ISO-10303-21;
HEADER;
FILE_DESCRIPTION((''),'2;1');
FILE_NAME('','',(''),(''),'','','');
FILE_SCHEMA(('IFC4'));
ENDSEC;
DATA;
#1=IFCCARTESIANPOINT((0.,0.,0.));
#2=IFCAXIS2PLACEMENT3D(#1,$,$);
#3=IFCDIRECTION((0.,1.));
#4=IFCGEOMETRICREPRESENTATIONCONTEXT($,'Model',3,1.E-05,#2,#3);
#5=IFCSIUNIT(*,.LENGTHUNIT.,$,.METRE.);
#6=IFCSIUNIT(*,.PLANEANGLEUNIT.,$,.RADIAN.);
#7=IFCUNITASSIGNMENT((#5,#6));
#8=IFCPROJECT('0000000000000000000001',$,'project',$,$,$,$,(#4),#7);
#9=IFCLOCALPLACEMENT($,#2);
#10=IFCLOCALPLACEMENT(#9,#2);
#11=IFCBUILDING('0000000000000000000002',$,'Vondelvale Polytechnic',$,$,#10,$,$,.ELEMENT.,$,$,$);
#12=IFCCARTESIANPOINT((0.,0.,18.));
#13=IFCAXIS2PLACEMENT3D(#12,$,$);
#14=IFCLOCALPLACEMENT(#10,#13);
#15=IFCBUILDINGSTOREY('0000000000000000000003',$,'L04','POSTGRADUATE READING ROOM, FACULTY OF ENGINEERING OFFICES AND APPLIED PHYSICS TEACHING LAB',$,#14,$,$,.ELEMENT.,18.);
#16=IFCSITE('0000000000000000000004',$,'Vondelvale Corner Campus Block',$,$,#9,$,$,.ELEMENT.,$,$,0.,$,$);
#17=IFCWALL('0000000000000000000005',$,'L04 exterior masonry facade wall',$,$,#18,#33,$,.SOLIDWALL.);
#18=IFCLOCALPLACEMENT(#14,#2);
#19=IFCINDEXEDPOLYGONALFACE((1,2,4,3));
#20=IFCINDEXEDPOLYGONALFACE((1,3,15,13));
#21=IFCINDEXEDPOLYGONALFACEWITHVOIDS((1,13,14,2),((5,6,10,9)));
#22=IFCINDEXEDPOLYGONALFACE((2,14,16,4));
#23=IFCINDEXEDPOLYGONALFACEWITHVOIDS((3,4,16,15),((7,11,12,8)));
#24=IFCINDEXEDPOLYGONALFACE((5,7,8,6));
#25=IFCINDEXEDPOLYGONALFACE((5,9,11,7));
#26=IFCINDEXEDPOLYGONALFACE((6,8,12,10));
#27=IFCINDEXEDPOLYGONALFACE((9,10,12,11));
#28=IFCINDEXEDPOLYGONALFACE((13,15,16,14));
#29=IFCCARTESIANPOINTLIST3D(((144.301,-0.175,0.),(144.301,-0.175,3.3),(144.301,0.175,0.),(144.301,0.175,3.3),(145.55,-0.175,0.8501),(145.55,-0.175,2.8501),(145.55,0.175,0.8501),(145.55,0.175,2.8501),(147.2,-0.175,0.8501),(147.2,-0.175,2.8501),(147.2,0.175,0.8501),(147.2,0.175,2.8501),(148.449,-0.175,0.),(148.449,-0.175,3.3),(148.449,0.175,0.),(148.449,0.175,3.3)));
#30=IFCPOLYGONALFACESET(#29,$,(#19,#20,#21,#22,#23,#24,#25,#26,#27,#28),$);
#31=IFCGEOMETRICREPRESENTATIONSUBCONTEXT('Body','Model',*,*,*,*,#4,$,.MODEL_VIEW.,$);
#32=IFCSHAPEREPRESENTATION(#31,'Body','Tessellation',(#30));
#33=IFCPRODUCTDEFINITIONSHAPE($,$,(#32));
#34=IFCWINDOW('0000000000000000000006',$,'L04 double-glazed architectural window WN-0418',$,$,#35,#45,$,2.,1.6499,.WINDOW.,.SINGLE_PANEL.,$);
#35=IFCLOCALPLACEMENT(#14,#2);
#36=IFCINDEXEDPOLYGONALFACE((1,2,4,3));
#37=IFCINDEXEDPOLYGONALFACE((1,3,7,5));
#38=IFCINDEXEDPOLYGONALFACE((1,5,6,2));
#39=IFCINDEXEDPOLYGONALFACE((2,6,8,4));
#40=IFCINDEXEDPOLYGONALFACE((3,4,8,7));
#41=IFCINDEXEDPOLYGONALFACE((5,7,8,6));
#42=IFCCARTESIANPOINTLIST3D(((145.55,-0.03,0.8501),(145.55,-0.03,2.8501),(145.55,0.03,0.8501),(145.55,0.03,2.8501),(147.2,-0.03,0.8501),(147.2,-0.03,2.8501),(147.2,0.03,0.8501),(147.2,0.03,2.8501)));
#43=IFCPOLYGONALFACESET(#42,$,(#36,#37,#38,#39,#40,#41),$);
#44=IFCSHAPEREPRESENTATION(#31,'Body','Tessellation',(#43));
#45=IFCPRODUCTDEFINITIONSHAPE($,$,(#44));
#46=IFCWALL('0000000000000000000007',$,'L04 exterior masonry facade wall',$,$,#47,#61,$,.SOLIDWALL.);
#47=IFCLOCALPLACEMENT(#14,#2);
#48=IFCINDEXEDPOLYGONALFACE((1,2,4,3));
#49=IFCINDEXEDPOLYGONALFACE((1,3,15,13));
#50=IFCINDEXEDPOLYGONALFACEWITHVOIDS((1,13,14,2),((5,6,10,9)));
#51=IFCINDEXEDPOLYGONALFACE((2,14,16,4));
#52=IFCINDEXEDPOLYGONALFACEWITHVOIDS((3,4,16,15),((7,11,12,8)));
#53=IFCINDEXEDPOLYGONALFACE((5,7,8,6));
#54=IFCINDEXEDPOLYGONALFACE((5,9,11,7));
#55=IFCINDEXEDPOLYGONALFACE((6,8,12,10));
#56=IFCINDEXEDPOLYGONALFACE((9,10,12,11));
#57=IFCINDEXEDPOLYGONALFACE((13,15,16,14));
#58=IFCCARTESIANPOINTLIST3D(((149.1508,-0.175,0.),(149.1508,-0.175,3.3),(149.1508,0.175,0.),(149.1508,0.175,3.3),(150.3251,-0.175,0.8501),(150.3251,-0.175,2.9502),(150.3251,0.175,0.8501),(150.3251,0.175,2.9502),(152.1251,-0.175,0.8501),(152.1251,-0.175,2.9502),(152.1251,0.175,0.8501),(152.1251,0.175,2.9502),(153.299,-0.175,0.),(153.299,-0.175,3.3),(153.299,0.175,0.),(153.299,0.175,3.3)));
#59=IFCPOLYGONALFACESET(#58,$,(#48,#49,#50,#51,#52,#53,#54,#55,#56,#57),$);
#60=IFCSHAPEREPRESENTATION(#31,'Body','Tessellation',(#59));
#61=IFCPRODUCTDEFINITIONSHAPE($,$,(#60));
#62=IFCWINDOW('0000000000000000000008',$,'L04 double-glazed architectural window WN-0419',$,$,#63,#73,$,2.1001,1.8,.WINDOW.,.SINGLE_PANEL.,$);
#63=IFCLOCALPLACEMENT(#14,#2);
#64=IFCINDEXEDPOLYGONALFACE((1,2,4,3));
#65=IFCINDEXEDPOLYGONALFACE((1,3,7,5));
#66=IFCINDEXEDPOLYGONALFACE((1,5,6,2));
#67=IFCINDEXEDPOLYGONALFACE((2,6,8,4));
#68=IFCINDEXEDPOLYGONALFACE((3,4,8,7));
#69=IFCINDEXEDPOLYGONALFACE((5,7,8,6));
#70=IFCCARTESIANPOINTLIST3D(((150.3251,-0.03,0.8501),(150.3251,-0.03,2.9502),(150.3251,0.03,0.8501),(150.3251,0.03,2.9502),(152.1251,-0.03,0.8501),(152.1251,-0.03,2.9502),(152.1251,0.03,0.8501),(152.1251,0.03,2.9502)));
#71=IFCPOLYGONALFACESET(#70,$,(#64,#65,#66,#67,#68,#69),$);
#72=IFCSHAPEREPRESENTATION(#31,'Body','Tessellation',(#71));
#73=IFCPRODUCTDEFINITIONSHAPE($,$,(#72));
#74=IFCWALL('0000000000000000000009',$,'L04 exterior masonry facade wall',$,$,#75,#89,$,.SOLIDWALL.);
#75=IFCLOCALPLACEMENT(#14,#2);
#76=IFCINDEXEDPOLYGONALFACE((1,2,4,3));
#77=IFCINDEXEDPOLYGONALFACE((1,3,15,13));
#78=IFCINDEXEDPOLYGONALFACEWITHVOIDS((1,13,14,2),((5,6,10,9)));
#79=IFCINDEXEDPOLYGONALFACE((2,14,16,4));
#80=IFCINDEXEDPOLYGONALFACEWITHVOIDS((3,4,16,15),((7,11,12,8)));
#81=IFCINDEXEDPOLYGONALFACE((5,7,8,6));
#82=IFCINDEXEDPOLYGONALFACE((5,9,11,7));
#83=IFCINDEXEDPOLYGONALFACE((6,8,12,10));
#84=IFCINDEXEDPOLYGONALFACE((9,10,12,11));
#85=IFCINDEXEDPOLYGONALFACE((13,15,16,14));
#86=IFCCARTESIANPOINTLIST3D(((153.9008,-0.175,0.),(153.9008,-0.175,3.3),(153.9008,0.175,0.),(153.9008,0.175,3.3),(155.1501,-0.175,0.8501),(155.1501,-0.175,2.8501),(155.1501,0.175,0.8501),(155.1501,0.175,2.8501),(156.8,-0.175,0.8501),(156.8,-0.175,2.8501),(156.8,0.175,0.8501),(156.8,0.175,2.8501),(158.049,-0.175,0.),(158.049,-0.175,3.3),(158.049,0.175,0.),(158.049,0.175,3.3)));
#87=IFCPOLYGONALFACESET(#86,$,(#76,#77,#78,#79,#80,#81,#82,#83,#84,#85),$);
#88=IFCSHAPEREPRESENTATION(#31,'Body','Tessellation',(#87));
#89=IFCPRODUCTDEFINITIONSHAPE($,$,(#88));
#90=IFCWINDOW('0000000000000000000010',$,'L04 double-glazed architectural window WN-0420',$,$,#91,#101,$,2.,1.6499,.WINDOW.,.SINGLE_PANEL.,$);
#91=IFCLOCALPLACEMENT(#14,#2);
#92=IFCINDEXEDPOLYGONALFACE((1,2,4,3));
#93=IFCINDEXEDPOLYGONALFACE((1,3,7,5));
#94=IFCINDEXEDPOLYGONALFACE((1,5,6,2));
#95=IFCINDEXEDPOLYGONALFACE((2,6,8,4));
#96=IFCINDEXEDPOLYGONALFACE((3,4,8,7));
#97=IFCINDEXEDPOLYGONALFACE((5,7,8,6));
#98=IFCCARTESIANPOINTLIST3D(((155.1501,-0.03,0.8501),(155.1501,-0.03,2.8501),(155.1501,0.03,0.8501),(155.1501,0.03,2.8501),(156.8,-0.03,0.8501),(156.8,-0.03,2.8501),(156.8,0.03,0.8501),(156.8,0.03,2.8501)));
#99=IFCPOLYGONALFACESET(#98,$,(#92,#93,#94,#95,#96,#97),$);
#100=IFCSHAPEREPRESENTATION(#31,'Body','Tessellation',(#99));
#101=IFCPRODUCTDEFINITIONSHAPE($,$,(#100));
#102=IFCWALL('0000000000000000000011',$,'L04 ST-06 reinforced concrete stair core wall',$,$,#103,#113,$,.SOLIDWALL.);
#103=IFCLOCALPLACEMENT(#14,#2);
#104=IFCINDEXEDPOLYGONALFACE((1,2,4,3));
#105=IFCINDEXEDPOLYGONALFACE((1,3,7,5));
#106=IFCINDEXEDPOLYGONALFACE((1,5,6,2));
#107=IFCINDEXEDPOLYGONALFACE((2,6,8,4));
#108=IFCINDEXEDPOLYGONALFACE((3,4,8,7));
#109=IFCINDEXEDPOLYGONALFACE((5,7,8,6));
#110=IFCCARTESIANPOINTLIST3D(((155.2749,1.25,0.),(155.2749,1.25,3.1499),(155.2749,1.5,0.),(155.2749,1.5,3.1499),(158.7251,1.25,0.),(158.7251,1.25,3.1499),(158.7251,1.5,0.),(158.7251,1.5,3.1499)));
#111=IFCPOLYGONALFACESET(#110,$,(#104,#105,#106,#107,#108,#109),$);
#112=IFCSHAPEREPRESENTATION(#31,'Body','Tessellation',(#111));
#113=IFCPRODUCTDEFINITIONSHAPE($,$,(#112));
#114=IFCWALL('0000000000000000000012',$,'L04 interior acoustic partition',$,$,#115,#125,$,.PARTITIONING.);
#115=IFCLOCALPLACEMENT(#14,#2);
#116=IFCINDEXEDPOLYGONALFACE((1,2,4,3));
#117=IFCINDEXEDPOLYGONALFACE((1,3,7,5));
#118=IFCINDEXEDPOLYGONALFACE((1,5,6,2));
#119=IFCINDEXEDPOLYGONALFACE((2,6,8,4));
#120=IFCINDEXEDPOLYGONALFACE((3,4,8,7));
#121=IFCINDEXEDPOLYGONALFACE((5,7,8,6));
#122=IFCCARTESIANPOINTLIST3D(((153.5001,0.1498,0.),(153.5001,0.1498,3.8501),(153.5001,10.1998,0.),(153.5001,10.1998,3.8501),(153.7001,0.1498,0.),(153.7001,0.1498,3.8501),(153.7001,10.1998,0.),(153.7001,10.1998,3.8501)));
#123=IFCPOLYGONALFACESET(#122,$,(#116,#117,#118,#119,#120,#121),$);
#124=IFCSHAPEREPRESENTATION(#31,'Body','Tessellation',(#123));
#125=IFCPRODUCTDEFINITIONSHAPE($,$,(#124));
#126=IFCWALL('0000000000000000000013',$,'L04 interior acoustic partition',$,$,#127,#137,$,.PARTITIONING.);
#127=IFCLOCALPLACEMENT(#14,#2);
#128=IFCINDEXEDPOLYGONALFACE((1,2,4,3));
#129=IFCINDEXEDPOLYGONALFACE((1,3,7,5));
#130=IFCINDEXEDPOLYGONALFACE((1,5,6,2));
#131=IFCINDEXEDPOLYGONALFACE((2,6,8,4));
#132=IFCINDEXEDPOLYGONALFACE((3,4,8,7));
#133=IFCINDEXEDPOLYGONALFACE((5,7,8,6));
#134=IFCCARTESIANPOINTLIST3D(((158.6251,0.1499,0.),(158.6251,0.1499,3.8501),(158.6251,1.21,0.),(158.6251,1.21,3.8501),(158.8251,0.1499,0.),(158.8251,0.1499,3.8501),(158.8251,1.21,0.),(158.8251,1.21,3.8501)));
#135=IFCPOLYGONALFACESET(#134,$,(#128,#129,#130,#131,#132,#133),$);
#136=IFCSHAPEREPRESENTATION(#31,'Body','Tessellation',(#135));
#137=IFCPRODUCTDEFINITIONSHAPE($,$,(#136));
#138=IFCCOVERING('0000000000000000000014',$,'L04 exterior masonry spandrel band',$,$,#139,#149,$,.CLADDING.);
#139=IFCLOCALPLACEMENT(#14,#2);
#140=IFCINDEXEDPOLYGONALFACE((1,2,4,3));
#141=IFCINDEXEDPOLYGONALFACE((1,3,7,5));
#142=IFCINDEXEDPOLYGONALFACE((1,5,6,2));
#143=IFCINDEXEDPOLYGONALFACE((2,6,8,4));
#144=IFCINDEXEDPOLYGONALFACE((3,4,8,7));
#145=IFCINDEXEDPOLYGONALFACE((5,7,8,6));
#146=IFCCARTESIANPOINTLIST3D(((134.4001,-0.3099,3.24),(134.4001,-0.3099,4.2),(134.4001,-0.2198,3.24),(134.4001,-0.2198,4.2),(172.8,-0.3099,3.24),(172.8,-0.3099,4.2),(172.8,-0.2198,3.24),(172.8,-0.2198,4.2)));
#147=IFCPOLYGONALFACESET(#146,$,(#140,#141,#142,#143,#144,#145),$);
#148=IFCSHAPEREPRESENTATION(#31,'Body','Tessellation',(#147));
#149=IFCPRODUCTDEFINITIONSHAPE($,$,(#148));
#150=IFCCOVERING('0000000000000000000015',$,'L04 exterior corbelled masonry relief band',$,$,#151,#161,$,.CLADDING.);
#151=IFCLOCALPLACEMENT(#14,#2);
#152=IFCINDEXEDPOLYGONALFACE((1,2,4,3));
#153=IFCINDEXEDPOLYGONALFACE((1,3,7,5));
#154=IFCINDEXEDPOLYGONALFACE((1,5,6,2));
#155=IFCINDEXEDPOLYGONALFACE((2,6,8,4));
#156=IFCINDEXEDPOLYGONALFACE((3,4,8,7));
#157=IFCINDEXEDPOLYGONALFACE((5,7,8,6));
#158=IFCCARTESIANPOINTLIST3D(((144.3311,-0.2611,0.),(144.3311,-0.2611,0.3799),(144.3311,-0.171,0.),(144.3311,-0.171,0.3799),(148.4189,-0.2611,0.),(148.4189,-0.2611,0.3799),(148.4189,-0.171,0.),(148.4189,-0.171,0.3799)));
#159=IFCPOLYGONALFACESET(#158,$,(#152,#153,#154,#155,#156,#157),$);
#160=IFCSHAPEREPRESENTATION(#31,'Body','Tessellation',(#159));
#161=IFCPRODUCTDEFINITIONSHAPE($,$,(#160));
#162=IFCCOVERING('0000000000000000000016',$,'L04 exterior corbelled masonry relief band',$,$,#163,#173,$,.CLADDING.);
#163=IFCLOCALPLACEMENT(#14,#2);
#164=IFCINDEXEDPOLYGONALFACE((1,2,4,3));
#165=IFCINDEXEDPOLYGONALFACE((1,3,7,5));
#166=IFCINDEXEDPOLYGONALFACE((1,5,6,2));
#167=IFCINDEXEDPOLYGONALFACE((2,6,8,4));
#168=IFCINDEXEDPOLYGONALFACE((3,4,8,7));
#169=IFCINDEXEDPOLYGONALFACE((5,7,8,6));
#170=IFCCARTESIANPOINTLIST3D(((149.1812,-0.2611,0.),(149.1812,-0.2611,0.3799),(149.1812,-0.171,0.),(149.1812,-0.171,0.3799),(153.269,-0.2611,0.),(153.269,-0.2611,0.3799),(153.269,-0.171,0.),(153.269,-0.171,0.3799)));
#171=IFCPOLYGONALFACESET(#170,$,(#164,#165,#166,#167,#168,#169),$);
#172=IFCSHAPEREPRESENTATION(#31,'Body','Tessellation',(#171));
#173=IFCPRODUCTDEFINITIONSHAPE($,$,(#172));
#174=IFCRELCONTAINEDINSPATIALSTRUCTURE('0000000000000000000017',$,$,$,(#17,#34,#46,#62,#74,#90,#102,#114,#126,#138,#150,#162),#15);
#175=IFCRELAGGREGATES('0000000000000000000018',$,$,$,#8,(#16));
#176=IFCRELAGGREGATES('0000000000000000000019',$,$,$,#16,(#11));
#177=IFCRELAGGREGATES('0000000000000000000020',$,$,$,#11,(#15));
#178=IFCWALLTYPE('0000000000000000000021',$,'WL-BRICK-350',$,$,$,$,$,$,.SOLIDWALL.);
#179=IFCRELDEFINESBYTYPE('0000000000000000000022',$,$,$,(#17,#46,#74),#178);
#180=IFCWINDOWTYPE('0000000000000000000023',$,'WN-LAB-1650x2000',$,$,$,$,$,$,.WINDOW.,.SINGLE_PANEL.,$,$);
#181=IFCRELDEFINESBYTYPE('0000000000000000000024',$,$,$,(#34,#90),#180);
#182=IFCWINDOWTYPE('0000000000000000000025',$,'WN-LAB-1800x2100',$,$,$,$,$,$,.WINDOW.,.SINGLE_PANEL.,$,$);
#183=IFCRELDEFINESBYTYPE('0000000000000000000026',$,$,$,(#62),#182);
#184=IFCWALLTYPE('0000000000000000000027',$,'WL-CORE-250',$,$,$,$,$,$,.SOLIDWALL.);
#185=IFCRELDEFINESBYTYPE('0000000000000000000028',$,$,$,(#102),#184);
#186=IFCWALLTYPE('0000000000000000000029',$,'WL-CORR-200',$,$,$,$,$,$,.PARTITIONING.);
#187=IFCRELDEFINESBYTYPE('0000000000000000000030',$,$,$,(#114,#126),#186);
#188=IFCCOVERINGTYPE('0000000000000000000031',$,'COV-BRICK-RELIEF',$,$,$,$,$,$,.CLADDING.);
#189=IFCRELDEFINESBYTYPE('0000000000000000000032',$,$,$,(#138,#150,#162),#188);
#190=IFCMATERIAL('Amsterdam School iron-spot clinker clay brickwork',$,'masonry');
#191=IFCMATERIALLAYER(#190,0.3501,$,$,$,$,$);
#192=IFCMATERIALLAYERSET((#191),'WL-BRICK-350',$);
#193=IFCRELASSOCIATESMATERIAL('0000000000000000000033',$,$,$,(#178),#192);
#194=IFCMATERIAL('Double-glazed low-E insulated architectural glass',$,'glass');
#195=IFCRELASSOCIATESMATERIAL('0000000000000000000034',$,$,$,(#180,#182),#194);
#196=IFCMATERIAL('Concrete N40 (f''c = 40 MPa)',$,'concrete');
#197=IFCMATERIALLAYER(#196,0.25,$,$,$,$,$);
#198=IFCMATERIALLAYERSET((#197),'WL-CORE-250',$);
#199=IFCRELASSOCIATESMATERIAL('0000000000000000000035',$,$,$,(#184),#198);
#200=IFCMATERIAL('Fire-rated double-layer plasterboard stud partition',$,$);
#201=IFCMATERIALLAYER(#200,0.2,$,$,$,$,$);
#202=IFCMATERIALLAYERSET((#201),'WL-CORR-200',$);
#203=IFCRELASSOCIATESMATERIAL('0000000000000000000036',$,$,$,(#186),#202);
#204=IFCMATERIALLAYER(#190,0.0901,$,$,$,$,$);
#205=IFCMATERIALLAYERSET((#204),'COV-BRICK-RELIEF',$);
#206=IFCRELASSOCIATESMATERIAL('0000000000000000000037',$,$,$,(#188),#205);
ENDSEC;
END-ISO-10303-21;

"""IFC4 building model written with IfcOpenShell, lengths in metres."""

from ifc_helpers import new_model, si_unit, direction, frame, frame_2d, origin, origin_2d, place, context, subcontext, project, spatial, rectangle, extrude, material, layer, layer_set, type_object, element, fill, save


model = new_model("IFC4")

# Units and contexts
model_context = context("Model", 3, precision=1e-05, world=origin(), true_north=direction((0.0, 1.0)))
body_context = subcontext(model_context, "Body", "Model", "MODEL_VIEW")
ifc_project = project(units=[si_unit("LENGTHUNIT", "METRE"), si_unit("PLANEANGLEUNIT", "RADIAN")], contexts=[model_context])

# Site, building, storey
site_placement = place(None, origin())
site = spatial("IfcSite", under=ifc_project, at=site_placement, Name="Vondelvale Corner Campus Block", CompositionType="ELEMENT", RefElevation=0.0)
building_placement = place(site_placement, origin())
building = spatial("IfcBuilding", under=site, at=building_placement, Name="Vondelvale Polytechnic", CompositionType="ELEMENT")
storey_placement = place(building_placement, frame((0.0, 0.0, 18.0)))
storey = spatial("IfcBuildingStorey", under=building, at=storey_placement, Name="L04", Description="POSTGRADUATE READING ROOM, FACULTY OF ENGINEERING OFFICES AND APPLIED PHYSICS TEACHING LAB", CompositionType="ELEMENT", Elevation=18.0)

# Shared definitions
ifc_material_1 = material(Name="Concrete N40 (f'c = 40 MPa)", Category="concrete")

# Walls, openings, windows
ifc_material_2 = material(Name="Amsterdam School iron-spot clinker clay brickwork", Category="masonry")
ifc_layer_1 = layer(ifc_material_2, 0.3501)
ifc_layer_set_1 = layer_set([ifc_layer_1], Name="WL-BRICK-350")
wall_type_1 = type_object("IfcWallType", Name="WL-BRICK-350", PredefinedType="SOLIDWALL", material=ifc_layer_set_1)
wall_1_placement = place(storey_placement, frame((148.449, 0.0, 0.0), z_axis=(0.0, 0.0, 1.0), x_axis=(-1.0, 0.0, 0.0)))
wall_1 = element("IfcWall", 1, at=wall_1_placement, inside=storey, type_object=wall_type_1, Name="L04 exterior masonry facade wall", PredefinedType="SOLIDWALL", context=body_context, shape_type="SweptSolid", body=[
    extrude(rectangle(XDim=4.1479, YDim=0.3501, at=frame_2d((2.074, 0.0))), origin(), (0.0, 0.0, 1.0), 3.3),
])
opening_1_placement = place(wall_1_placement, frame((1.249, 0.0, 0.8501)))
opening_1 = element("IfcOpeningElement", 2, at=opening_1_placement, cuts=wall_1, PredefinedType="OPENING", context=body_context, shape_type="SweptSolid", body=[
    extrude(rectangle(XDim=1.6499, YDim=2.0, at=frame_2d((0.825, 1.0))), frame((0.0, 0.1851, 0.0), z_axis=(0.0, -1.0, 0.0), x_axis=(1.0, 0.0, 0.0)), (0.0, 0.0, 1.0), 0.3701),
])
ifc_material_3 = material(Name="Double-glazed low-E insulated architectural glass", Category="glass")
window_type_1 = type_object("IfcWindowType", Name="WN-LAB-1650x2000", PartitioningType="SINGLE_PANEL", PredefinedType="WINDOW", material=ifc_material_3)
window_1_placement = place(opening_1_placement, origin())
window_1 = element("IfcWindow", 3, at=window_1_placement, inside=storey, type_object=window_type_1, Name="L04 double-glazed architectural window WN-0418", OverallHeight=2.0, OverallWidth=1.6499, PartitioningType="SINGLE_PANEL", PredefinedType="WINDOW", context=body_context, shape_type="SweptSolid", body=[
    extrude(rectangle(XDim=1.6499, YDim=2.0, at=frame_2d((0.825, 1.0))), frame((0.0, 0.03, 0.0), z_axis=(0.0, -1.0, 0.0), x_axis=(1.0, 0.0, 0.0)), (0.0, 0.0, 1.0), 0.0601),
])
fill(opening_1, window_1)
wall_2_placement = place(storey_placement, frame((153.2991, 0.0, 0.0), z_axis=(0.0, 0.0, 1.0), x_axis=(-1.0, 0.0, 0.0)))
wall_2 = element("IfcWall", 4, at=wall_2_placement, inside=storey, type_object=wall_type_1, Name="L04 exterior masonry facade wall", PredefinedType="SOLIDWALL", context=body_context, shape_type="SweptSolid", body=[
    extrude(rectangle(XDim=4.1482, YDim=0.3501, at=frame_2d((2.0742, 0.0))), origin(), (0.0, 0.0, 1.0), 3.3),
])
opening_2_placement = place(wall_2_placement, frame((1.1741, 0.0, 0.8501)))
opening_2 = element("IfcOpeningElement", 5, at=opening_2_placement, cuts=wall_2, PredefinedType="OPENING", context=body_context, shape_type="SweptSolid", body=[
    extrude(rectangle(XDim=1.8, YDim=2.1001, at=frame_2d((0.8999, 1.05))), frame((0.0, 0.1851, 0.0), z_axis=(0.0, -1.0, 0.0), x_axis=(1.0, 0.0, 0.0)), (0.0, 0.0, 1.0), 0.3701),
])
window_type_2 = type_object("IfcWindowType", Name="WN-LAB-1800x2100", PartitioningType="SINGLE_PANEL", PredefinedType="WINDOW", material=ifc_material_3)
window_2_placement = place(opening_2_placement, origin())
window_2 = element("IfcWindow", 6, at=window_2_placement, inside=storey, type_object=window_type_2, Name="L04 double-glazed architectural window WN-0419", OverallHeight=2.1001, OverallWidth=1.8, PartitioningType="SINGLE_PANEL", PredefinedType="WINDOW", context=body_context, shape_type="SweptSolid", body=[
    extrude(rectangle(XDim=1.8, YDim=2.1001, at=frame_2d((0.8999, 1.05))), frame((0.0, 0.03, 0.0), z_axis=(0.0, -1.0, 0.0), x_axis=(1.0, 0.0, 0.0)), (0.0, 0.0, 1.0), 0.0601),
])
fill(opening_2, window_2)
wall_3_placement = place(storey_placement, frame((158.0491, 0.0, 0.0), z_axis=(0.0, 0.0, 1.0), x_axis=(-1.0, 0.0, 0.0)))
wall_3 = element("IfcWall", 7, at=wall_3_placement, inside=storey, type_object=wall_type_1, Name="L04 exterior masonry facade wall", PredefinedType="SOLIDWALL", context=body_context, shape_type="SweptSolid", body=[
    extrude(rectangle(XDim=4.1482, YDim=0.3501, at=frame_2d((2.0742, 0.0))), origin(), (0.0, 0.0, 1.0), 3.3),
])
opening_3_placement = place(wall_3_placement, frame((1.249, 0.0, 0.8501)))
opening_3 = element("IfcOpeningElement", 8, at=opening_3_placement, cuts=wall_3, PredefinedType="OPENING", context=body_context, shape_type="SweptSolid", body=[
    extrude(rectangle(XDim=1.6499, YDim=2.0, at=frame_2d((0.825, 1.0))), frame((0.0, 0.1851, 0.0), z_axis=(0.0, -1.0, 0.0), x_axis=(1.0, 0.0, 0.0)), (0.0, 0.0, 1.0), 0.3701),
])
window_3_placement = place(opening_3_placement, origin())
window_3 = element("IfcWindow", 9, at=window_3_placement, inside=storey, type_object=window_type_1, Name="L04 double-glazed architectural window WN-0420", OverallHeight=2.0, OverallWidth=1.6499, PartitioningType="SINGLE_PANEL", PredefinedType="WINDOW", context=body_context, shape_type="SweptSolid", body=[
    extrude(rectangle(XDim=1.6499, YDim=2.0, at=frame_2d((0.825, 1.0))), frame((0.0, 0.03, 0.0), z_axis=(0.0, -1.0, 0.0), x_axis=(1.0, 0.0, 0.0)), (0.0, 0.0, 1.0), 0.0601),
])
fill(opening_3, window_3)

# Walls
ifc_layer_2 = layer(ifc_material_1, 0.25)
ifc_layer_set_2 = layer_set([ifc_layer_2], Name="WL-CORE-250")
wall_type_2 = type_object("IfcWallType", Name="WL-CORE-250", PredefinedType="SOLIDWALL", material=ifc_layer_set_2)
wall_4_placement = place(storey_placement, frame((155.2749, 1.375, 0.0), z_axis=(0.0, 0.0, 1.0), x_axis=(1.0, 0.0, 0.0)))
element("IfcWall", 10, at=wall_4_placement, inside=storey, type_object=wall_type_2, Name="L04 ST-06 reinforced concrete stair core wall", PredefinedType="SOLIDWALL", context=body_context, shape_type="SweptSolid", body=[
    extrude(rectangle(XDim=3.4502, YDim=0.25, at=frame_2d((1.7251, 0.0))), origin(), (0.0, 0.0, 1.0), 3.1499),
])
ifc_material_4 = material(Name="Fire-rated double-layer plasterboard stud partition")
ifc_layer_3 = layer(ifc_material_4, 0.2)
ifc_layer_set_3 = layer_set([ifc_layer_3], Name="WL-CORR-200")
wall_type_3 = type_object("IfcWallType", Name="WL-CORR-200", PredefinedType="PARTITIONING", material=ifc_layer_set_3)
wall_5_placement = place(storey_placement, frame((153.6001, 0.1499, 0.0), z_axis=(0.0, 0.0, 1.0), x_axis=(0.0, 1.0, 0.0)))
element("IfcWall", 11, at=wall_5_placement, inside=storey, type_object=wall_type_3, Name="L04 interior acoustic partition", PredefinedType="PARTITIONING", context=body_context, shape_type="SweptSolid", body=[
    extrude(rectangle(XDim=10.05, YDim=0.2, at=frame_2d((5.0249, 0.0))), origin(), (0.0, 0.0, 1.0), 3.8501),
])
wall_6_placement = place(storey_placement, frame((158.7251, 0.1499, 0.0), z_axis=(0.0, 0.0, 1.0), x_axis=(0.0, 1.0, 0.0)))
element("IfcWall", 12, at=wall_6_placement, inside=storey, type_object=wall_type_3, Name="L04 interior acoustic partition", PredefinedType="PARTITIONING", context=body_context, shape_type="SweptSolid", body=[
    extrude(rectangle(XDim=1.0601, YDim=0.2, at=frame_2d((0.53, 0.0))), origin(), (0.0, 0.0, 1.0), 3.8501),
])

# Coverings
ifc_layer_4 = layer(ifc_material_2, 0.0901)
ifc_layer_set_4 = layer_set([ifc_layer_4], Name="COV-BRICK-RELIEF")
covering_type = type_object("IfcCoveringType", Name="COV-BRICK-RELIEF", PredefinedType="CLADDING", material=ifc_layer_set_4)
covering_1_placement = place(storey_placement, frame((153.6001, -0.2649, 3.24), z_axis=(0.0, 0.0, 1.0), x_axis=(1.0, 0.0, 0.0)))
element("IfcCovering", 13, at=covering_1_placement, inside=storey, type_object=covering_type, Name="L04 exterior masonry spandrel band", PredefinedType="CLADDING", context=body_context, shape_type="SweptSolid", body=[
    extrude(rectangle(XDim=38.3999, YDim=0.0901, at=origin_2d()), origin(), (0.0, 0.0, 1.0), 0.96),
])
for number, where, z_axis, x_axis, name in (
    (14, (146.375, -0.2161, 0.0), (0.0, 0.0, 1.0), (-1.0, 0.0, 0.0), "L04 exterior corbelled masonry relief band"),
    (15, (151.2251, -0.2161, 0.0), (0.0, 0.0, 1.0), (-1.0, 0.0, 0.0), "L04 exterior corbelled masonry relief band"),
):
    element("IfcCovering", number, at=place(storey_placement, frame(where, z_axis=z_axis, x_axis=x_axis)), inside=storey, type_object=covering_type, Name=name, PredefinedType="CLADDING", context=body_context, shape_type="SweptSolid", body=[
        extrude(rectangle(XDim=4.0879, YDim=0.0901, at=origin_2d()), origin(), (0.0, 0.0, 1.0), 0.3799),
    ])

save(model, "model.ifc")
